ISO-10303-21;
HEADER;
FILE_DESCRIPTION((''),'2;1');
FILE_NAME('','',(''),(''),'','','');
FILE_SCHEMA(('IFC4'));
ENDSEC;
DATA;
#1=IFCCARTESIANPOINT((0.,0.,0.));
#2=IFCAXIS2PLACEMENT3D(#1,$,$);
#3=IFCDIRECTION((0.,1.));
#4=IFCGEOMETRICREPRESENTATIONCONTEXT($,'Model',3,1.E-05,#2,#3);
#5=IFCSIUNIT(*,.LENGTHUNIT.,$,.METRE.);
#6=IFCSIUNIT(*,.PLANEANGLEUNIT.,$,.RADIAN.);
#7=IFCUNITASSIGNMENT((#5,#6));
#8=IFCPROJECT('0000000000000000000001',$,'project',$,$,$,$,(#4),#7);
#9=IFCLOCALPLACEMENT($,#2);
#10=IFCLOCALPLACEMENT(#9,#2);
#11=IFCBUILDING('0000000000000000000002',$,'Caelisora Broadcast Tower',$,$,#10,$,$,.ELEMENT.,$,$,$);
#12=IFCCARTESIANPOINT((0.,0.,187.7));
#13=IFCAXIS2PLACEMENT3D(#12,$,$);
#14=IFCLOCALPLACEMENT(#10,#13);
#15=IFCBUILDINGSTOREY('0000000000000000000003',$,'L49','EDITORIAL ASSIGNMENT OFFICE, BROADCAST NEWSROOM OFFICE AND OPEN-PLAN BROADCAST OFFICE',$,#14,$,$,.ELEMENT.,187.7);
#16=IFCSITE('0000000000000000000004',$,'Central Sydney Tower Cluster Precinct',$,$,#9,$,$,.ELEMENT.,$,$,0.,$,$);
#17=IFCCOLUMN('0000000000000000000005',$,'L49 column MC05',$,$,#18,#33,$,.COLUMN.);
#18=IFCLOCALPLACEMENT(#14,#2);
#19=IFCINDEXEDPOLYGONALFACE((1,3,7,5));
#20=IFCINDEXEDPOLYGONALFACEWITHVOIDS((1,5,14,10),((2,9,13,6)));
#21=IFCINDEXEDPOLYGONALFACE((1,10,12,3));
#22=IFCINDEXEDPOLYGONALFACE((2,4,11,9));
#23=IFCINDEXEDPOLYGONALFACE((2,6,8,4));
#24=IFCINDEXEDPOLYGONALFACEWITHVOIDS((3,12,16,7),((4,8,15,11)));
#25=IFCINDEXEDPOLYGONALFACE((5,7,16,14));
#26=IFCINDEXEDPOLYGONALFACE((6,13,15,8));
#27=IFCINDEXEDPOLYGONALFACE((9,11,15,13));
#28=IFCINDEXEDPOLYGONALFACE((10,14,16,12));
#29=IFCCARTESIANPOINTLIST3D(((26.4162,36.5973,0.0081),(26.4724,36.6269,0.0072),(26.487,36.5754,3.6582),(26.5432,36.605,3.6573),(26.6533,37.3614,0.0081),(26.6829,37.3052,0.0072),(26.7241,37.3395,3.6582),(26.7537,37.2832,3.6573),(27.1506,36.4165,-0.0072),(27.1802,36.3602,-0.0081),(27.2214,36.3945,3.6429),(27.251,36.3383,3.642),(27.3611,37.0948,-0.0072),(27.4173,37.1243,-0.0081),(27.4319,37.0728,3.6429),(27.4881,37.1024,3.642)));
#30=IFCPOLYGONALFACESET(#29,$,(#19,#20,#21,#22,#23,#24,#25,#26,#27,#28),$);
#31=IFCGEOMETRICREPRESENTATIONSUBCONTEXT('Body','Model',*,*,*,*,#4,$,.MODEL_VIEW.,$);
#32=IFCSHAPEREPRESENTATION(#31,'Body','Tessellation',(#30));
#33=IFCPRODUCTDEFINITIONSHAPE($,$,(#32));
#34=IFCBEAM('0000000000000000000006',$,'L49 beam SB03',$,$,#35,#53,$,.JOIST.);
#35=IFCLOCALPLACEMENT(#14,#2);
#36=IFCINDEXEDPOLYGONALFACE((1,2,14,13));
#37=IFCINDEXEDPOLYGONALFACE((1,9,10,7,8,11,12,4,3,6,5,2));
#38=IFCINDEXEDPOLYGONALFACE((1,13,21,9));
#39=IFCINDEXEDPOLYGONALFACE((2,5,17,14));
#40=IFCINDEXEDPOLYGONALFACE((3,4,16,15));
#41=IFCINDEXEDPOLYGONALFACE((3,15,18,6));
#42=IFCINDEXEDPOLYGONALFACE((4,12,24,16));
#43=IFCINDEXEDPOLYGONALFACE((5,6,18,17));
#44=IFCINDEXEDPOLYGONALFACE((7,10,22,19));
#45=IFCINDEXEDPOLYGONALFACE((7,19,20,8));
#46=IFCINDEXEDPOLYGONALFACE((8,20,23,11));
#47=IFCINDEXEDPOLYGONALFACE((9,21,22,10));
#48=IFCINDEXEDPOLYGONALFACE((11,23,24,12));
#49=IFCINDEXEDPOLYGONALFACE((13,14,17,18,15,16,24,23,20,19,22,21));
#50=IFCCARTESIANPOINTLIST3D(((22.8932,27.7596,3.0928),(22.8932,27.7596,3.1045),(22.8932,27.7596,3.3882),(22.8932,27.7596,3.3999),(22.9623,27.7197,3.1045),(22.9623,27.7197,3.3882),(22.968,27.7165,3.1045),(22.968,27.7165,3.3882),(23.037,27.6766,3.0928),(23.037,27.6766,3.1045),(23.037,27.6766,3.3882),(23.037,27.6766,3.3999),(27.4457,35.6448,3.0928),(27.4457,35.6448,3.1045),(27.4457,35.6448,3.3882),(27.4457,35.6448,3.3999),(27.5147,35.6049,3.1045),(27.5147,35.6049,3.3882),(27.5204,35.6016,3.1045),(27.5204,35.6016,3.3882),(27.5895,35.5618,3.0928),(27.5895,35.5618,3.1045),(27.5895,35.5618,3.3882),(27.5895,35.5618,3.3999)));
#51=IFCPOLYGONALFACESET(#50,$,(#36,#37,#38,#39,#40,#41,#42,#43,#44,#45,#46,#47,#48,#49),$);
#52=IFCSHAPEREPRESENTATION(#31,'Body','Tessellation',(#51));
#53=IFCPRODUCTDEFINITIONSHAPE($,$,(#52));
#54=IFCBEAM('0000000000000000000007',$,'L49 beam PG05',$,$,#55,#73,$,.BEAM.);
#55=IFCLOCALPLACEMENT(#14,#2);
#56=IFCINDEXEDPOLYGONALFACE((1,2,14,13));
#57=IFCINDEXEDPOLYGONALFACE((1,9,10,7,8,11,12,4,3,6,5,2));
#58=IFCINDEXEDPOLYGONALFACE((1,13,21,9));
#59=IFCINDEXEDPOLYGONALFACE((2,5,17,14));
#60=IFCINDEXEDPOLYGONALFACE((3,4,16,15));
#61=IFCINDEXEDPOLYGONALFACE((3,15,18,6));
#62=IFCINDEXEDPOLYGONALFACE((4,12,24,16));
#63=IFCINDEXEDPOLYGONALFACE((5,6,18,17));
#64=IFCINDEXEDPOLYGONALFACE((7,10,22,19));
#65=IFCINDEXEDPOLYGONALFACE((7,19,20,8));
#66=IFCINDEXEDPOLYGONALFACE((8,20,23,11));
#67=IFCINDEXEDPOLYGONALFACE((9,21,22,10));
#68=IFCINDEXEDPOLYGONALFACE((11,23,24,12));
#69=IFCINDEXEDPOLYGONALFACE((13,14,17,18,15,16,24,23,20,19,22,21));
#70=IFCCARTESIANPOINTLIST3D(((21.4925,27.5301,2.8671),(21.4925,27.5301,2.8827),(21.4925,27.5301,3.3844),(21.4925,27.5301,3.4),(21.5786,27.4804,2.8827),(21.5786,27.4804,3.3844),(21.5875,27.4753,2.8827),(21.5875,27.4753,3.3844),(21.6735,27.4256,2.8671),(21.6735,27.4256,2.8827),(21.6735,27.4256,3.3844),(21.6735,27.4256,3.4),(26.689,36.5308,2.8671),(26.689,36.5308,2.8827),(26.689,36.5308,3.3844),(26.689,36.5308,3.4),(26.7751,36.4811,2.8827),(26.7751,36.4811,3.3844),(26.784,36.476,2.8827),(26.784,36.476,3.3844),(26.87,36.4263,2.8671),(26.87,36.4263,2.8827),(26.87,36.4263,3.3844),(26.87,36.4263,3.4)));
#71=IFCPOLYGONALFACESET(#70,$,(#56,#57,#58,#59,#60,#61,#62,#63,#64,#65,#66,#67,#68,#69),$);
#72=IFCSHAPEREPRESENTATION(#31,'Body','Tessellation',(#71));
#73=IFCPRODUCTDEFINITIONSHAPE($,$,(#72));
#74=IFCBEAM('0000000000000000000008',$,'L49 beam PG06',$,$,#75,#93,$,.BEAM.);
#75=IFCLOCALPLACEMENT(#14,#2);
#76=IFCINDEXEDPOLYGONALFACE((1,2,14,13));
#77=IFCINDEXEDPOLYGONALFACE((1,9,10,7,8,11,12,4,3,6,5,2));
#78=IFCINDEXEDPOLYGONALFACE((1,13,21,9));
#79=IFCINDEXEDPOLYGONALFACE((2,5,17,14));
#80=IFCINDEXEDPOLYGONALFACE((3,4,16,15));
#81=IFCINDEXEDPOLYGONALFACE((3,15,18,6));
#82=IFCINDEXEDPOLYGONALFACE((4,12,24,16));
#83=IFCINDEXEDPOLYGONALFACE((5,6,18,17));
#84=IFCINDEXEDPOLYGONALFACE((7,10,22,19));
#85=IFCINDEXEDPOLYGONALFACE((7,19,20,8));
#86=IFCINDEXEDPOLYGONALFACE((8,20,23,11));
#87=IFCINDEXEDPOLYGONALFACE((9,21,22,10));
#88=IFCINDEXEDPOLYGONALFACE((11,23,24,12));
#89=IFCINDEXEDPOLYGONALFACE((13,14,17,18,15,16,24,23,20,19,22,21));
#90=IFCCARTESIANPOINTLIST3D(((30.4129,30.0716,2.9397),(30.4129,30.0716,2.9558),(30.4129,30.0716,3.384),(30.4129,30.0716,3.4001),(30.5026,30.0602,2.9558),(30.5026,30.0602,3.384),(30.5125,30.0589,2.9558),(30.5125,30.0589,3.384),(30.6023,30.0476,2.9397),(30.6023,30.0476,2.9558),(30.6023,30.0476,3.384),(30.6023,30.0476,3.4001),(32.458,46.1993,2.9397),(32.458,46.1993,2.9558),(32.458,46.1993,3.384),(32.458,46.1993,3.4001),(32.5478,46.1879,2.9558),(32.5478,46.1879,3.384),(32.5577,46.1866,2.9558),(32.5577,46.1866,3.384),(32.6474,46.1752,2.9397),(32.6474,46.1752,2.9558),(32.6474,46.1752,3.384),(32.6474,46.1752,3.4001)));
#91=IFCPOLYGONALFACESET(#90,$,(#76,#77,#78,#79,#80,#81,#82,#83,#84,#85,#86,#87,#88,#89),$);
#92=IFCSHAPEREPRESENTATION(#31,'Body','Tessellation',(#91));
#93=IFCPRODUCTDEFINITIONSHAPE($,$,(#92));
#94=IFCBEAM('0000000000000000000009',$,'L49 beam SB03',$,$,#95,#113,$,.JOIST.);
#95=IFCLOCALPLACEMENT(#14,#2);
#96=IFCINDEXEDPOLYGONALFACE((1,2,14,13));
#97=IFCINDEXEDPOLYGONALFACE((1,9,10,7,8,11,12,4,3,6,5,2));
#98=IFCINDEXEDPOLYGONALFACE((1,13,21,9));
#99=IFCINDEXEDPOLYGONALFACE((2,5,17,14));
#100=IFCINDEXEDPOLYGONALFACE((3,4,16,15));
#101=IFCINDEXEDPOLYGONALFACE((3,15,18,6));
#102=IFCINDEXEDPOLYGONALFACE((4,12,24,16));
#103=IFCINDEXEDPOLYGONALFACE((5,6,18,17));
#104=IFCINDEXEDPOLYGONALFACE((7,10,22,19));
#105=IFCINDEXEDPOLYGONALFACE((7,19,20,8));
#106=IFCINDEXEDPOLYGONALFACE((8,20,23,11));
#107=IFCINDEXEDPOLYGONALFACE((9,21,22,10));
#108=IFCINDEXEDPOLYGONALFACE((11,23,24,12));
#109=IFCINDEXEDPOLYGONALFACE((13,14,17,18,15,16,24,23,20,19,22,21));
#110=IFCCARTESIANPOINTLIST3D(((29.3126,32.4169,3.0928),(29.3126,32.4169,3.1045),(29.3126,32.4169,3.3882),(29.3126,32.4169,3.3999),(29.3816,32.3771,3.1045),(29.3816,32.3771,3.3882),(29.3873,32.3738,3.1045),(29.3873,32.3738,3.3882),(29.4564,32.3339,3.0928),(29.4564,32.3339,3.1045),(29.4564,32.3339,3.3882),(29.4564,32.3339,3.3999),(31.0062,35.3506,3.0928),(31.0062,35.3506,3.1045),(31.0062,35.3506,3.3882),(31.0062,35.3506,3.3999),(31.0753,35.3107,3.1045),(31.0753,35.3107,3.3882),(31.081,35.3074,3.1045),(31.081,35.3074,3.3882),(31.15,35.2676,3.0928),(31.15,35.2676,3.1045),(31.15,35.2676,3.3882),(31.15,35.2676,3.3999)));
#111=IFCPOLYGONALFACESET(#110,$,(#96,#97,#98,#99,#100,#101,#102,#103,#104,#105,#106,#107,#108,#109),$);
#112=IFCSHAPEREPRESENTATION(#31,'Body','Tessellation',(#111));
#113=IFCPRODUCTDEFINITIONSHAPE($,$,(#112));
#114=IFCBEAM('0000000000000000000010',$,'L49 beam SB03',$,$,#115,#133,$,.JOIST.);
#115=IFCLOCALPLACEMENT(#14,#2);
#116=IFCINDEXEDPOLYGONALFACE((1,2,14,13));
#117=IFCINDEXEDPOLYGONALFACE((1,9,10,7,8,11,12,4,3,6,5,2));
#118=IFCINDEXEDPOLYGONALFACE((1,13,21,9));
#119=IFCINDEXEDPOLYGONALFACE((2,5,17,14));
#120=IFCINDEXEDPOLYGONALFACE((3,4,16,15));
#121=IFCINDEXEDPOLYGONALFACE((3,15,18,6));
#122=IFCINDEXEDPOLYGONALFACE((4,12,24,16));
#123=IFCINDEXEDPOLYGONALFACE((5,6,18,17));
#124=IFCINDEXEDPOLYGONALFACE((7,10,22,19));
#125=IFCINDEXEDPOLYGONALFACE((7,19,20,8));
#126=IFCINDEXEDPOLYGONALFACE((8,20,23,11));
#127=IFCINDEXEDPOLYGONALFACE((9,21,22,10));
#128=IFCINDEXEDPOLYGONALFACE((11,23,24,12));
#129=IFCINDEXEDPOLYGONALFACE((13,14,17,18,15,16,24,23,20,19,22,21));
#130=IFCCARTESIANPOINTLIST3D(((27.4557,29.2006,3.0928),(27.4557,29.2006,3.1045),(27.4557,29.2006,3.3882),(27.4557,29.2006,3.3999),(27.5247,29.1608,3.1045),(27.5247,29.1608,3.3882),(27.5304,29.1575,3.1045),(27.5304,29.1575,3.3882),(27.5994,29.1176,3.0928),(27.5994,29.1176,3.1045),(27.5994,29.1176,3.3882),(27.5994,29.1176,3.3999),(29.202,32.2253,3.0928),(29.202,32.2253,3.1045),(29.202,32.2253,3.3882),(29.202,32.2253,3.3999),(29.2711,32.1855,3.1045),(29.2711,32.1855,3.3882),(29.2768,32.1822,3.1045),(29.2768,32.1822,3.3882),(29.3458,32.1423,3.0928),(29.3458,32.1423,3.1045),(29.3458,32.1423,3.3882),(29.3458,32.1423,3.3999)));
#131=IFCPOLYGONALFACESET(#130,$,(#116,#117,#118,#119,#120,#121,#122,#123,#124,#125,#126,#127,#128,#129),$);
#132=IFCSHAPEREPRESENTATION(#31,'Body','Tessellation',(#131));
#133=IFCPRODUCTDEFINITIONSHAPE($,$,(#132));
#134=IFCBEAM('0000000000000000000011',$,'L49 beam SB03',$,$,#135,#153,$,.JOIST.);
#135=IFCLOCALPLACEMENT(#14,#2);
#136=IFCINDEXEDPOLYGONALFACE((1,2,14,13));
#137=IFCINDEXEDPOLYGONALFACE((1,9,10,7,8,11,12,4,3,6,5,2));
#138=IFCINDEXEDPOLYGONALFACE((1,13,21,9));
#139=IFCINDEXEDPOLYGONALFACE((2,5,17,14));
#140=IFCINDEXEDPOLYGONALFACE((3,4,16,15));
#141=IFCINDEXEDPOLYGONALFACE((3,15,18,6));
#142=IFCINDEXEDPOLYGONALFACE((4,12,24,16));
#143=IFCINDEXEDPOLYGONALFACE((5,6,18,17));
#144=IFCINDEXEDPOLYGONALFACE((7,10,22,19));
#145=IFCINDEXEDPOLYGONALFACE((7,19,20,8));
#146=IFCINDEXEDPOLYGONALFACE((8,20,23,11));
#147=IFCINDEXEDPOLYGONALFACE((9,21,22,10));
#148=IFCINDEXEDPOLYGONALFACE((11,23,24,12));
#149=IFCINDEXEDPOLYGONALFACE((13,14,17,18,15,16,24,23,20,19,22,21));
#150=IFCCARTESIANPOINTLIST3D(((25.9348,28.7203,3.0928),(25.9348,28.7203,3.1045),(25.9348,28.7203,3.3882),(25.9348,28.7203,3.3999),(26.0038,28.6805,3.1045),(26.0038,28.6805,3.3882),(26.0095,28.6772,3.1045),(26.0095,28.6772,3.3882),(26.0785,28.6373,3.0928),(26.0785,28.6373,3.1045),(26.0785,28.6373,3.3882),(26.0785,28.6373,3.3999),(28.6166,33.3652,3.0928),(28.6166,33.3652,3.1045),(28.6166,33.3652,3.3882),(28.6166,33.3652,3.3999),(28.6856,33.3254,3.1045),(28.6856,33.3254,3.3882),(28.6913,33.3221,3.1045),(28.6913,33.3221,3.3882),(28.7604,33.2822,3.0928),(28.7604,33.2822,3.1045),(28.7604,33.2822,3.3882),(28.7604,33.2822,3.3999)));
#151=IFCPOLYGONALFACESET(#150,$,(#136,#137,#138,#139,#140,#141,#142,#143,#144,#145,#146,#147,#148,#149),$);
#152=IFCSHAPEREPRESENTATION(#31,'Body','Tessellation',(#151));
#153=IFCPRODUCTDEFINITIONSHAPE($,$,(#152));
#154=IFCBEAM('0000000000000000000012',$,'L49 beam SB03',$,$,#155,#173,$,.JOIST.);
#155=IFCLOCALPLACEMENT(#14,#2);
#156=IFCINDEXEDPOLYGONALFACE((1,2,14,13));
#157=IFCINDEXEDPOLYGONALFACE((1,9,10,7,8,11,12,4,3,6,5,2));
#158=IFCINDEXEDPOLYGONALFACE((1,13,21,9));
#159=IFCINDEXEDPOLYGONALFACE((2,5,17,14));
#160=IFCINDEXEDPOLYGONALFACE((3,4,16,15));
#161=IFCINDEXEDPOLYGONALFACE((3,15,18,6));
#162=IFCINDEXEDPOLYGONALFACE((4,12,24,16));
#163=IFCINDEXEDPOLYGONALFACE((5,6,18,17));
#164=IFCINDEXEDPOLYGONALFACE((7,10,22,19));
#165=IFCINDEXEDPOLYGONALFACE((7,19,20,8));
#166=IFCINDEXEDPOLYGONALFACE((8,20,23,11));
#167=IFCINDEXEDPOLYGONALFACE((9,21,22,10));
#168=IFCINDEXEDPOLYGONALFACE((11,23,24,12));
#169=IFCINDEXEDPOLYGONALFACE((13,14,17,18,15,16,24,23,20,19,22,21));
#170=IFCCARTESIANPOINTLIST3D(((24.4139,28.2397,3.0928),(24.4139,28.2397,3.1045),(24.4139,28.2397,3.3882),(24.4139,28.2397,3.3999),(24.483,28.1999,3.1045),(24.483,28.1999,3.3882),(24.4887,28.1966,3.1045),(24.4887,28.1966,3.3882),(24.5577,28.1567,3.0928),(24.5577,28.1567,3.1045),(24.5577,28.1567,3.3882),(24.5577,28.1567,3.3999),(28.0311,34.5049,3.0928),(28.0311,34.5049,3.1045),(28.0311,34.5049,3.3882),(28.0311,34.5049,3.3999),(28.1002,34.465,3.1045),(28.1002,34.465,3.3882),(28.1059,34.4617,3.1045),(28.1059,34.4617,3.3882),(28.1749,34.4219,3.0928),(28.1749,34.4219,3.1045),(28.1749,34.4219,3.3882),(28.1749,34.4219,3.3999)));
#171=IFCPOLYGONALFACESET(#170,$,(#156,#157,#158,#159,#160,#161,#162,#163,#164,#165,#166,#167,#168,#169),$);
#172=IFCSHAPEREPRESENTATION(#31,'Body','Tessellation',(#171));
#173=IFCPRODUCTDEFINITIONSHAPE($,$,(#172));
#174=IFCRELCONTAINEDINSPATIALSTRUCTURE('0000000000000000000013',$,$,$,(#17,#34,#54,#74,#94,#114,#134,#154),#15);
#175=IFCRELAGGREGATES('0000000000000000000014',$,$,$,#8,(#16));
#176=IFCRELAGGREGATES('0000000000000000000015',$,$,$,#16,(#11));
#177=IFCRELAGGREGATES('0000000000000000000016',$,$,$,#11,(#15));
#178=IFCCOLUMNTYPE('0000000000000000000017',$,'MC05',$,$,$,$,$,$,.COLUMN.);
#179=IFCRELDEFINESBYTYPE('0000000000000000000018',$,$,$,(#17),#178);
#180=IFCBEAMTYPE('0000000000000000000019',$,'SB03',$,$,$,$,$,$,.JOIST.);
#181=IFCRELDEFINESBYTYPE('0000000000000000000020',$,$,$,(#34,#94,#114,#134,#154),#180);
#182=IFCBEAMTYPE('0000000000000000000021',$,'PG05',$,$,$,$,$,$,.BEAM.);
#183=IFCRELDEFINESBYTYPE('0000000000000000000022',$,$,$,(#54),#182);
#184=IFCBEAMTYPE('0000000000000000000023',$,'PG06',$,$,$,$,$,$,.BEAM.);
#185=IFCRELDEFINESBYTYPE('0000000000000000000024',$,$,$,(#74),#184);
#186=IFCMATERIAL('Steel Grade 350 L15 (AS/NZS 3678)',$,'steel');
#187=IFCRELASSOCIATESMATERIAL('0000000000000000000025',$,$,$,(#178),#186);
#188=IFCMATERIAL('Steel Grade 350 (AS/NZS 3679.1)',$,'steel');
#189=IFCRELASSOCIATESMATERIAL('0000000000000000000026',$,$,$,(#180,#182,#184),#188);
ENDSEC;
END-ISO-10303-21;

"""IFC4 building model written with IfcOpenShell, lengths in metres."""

from ifc_helpers import new_model, si_unit, direction, frame, origin, origin_2d, place, context, subcontext, project, spatial, hollow_rectangle, i_section, extrude, source, transform, mapped, material, material_profile, profile_set, type_object, type_shapes, element, save


model = new_model("IFC4")

# Units and contexts
model_context = context("Model", 3, precision=1e-05, world=origin(), true_north=direction((0.0, 1.0)))
body_context = subcontext(model_context, "Body", "Model", "MODEL_VIEW")
ifc_project = project(units=[si_unit("LENGTHUNIT", "METRE"), si_unit("PLANEANGLEUNIT", "RADIAN")], contexts=[model_context])

# Site, building, storey
site_placement = place(None, origin())
site = spatial("IfcSite", under=ifc_project, at=site_placement, Name="Central Sydney Tower Cluster Precinct", CompositionType="ELEMENT", RefElevation=0.0)
building_placement = place(site_placement, origin())
building = spatial("IfcBuilding", under=site, at=building_placement, Name="Caelisora Broadcast Tower", CompositionType="ELEMENT")
storey_placement = place(building_placement, frame((0.0, 0.0, 187.7)))
storey = spatial("IfcBuildingStorey", under=building, at=storey_placement, Name="L49", Description="EDITORIAL ASSIGNMENT OFFICE, BROADCAST NEWSROOM OFFICE AND OPEN-PLAN BROADCAST OFFICE", CompositionType="ELEMENT", Elevation=187.7)

# Column
ifc_material_1 = material(Name="Steel Grade 350 L15 (AS/NZS 3678)", Category="steel")
ifc_material_profile_1 = material_profile(ifc_material_1, hollow_rectangle(XDim=0.8, YDim=0.8, WallThickness=0.0449, at=origin_2d()), Name="Steel Grade 350 L15 (AS/NZS 3678)")
ifc_profile_set_1 = profile_set([ifc_material_profile_1], Name="Steel Grade 350 L15 (AS/NZS 3678)")
column_type = type_object("IfcColumnType", Name="MC05", PredefinedType="COLUMN", material=ifc_profile_set_1)
shared_shape_1 = source(origin(), body_context, "Body", "SweptSolid", [
    extrude(hollow_rectangle(XDim=0.8, YDim=0.8, WallThickness=0.0449, at=origin_2d()), origin(), (0.0, 0.0, 1.0), 3.6509),
])
type_shapes(column_type, [shared_shape_1])
column_placement = place(storey_placement, frame((26.9167, 36.8608, 0.0), z_axis=(0.019393, -0.006018, 0.999794), x_axis=(0.296399, 0.955064, 0.0)))
element("IfcColumn", 1, at=column_placement, inside=storey, type_object=column_type, Name="L49 column MC05", PredefinedType="COLUMN", context=body_context, shape_type="MappedRepresentation", body=[
    mapped(shared_shape_1, transform((0.0, 0.0, 0.0), scale=1.0)),
])

# Beams
ifc_material_2 = material(Name="Steel Grade 350 (AS/NZS 3679.1)", Category="steel")
ifc_material_profile_2 = material_profile(ifc_material_2, i_section(OverallWidth=0.166, OverallDepth=0.3071, WebThickness=0.0066, FlangeThickness=0.0117, at=origin_2d()), Name="Steel Grade 350 (AS/NZS 3679.1)")
ifc_profile_set_2 = profile_set([ifc_material_profile_2], Name="Steel Grade 350 (AS/NZS 3679.1)")
beam_type_1 = type_object("IfcBeamType", Name="SB03", PredefinedType="JOIST", material=ifc_profile_set_2)
shared_shape_2 = source(origin(), body_context, "Body", "SweptSolid", [
    extrude(i_section(OverallWidth=0.166, OverallDepth=0.3071, WebThickness=0.0066, FlangeThickness=0.0117, at=origin_2d()), origin(), (0.0, 0.0, 1.0), 9.105),
])
beam_1_placement = place(storey_placement, frame((27.5176, 35.6033, 3.2463), z_axis=(-0.499995, -0.866028, 0.0), x_axis=(0.866028, -0.499995, 0.0)))
element("IfcBeam", 2, at=beam_1_placement, inside=storey, type_object=beam_type_1, Name="L49 beam SB03", PredefinedType="JOIST", context=body_context, shape_type="MappedRepresentation", body=[
    mapped(shared_shape_2, transform((0.0, 0.0, 0.0), scale=1.0)),
])
ifc_material_profile_3 = material_profile(ifc_material_2, i_section(OverallWidth=0.209, OverallDepth=0.533, WebThickness=0.0103, FlangeThickness=0.0156, at=origin_2d()), Name="Steel Grade 350 (AS/NZS 3679.1)")
ifc_profile_set_3 = profile_set([ifc_material_profile_3], Name="Steel Grade 350 (AS/NZS 3679.1)")
beam_type_2 = type_object("IfcBeamType", Name="PG05", PredefinedType="BEAM", material=ifc_profile_set_3)
shared_shape_3 = source(origin(), body_context, "Body", "SweptSolid", [
    extrude(i_section(OverallWidth=0.209, OverallDepth=0.533, WebThickness=0.0103, FlangeThickness=0.0156, at=origin_2d()), origin(), (0.0, 0.0, 1.0), 10.3931),
])
type_shapes(beam_type_2, [shared_shape_3])
beam_2_placement = place(storey_placement, frame((26.7795, 36.4785, 3.1335), z_axis=(-0.499997, -0.866027, 0.0), x_axis=(0.866027, -0.499997, 0.0)))
element("IfcBeam", 3, at=beam_2_placement, inside=storey, type_object=beam_type_2, Name="L49 beam PG05", PredefinedType="BEAM", context=body_context, shape_type="MappedRepresentation", body=[
    mapped(shared_shape_3, transform((0.0, 0.0, 0.0), scale=1.0)),
])
ifc_material_profile_4 = material_profile(ifc_material_2, i_section(OverallWidth=0.1909, OverallDepth=0.4604, WebThickness=0.01, FlangeThickness=0.0161, at=origin_2d()), Name="Steel Grade 350 (AS/NZS 3679.1)")
ifc_profile_set_4 = profile_set([ifc_material_profile_4], Name="Steel Grade 350 (AS/NZS 3679.1)")
beam_type_3 = type_object("IfcBeamType", Name="PG06", PredefinedType="BEAM", material=ifc_profile_set_4)
shared_shape_4 = source(origin(), body_context, "Body", "SweptSolid", [
    extrude(i_section(OverallWidth=0.1909, OverallDepth=0.4604, WebThickness=0.01, FlangeThickness=0.0161, at=origin_2d()), origin(), (0.0, 0.0, 1.0), 16.2568),
])
type_shapes(beam_type_3, [shared_shape_4])
beam_3_placement = place(storey_placement, frame((30.5076, 30.0596, 3.1699), z_axis=(0.125803, 0.992055, 0.0), x_axis=(-0.992055, 0.125803, 0.0)))
element("IfcBeam", 4, at=beam_3_placement, inside=storey, type_object=beam_type_3, Name="L49 beam PG06", PredefinedType="BEAM", context=body_context, shape_type="MappedRepresentation", body=[
    mapped(shared_shape_4, transform((0.0, 0.0, 0.0), scale=1.0)),
])
shared_shape_5 = source(origin(), body_context, "Body", "SweptSolid", [
    extrude(i_section(OverallWidth=0.166, OverallDepth=0.3071, WebThickness=0.0066, FlangeThickness=0.0117, at=origin_2d()), origin(), (0.0, 0.0, 1.0), 3.3875),
])
beam_4_placement = place(storey_placement, frame((31.0781, 35.3091, 3.2463), z_axis=(-0.499976, -0.866039, 0.0), x_axis=(0.866039, -0.499976, 0.0)))
element("IfcBeam", 5, at=beam_4_placement, inside=storey, type_object=beam_type_1, Name="L49 beam SB03", PredefinedType="JOIST", context=body_context, shape_type="MappedRepresentation", body=[
    mapped(shared_shape_5, transform((0.0, 0.0, 0.0), scale=1.0)),
])
shared_shape_6 = source(origin(), body_context, "Body", "SweptSolid", [
    extrude(i_section(OverallWidth=0.166, OverallDepth=0.3071, WebThickness=0.0066, FlangeThickness=0.0117, at=origin_2d()), origin(), (0.0, 0.0, 1.0), 3.4927),
])
beam_5_placement = place(storey_placement, frame((29.2739, 32.1838, 3.2463), z_axis=(-0.500011, -0.866019, 0.0), x_axis=(0.866019, -0.500011, 0.0)))
element("IfcBeam", 6, at=beam_5_placement, inside=storey, type_object=beam_type_1, Name="L49 beam SB03", PredefinedType="JOIST", context=body_context, shape_type="MappedRepresentation", body=[
    mapped(shared_shape_6, transform((0.0, 0.0, 0.0), scale=1.0)),
])
shared_shape_7 = source(origin(), body_context, "Body", "SweptSolid", [
    extrude(i_section(OverallWidth=0.166, OverallDepth=0.3071, WebThickness=0.0066, FlangeThickness=0.0117, at=origin_2d()), origin(), (0.0, 0.0, 1.0), 5.3635),
])
beam_6_placement = place(storey_placement, frame((28.6885, 33.3237, 3.2463), z_axis=(-0.500011, -0.866019, 0.0), x_axis=(0.866019, -0.500011, 0.0)))
element("IfcBeam", 7, at=beam_6_placement, inside=storey, type_object=beam_type_1, Name="L49 beam SB03", PredefinedType="JOIST", context=body_context, shape_type="MappedRepresentation", body=[
    mapped(shared_shape_7, transform((0.0, 0.0, 0.0), scale=1.0)),
])
shared_shape_8 = source(origin(), body_context, "Body", "SweptSolid", [
    extrude(i_section(OverallWidth=0.166, OverallDepth=0.3071, WebThickness=0.0066, FlangeThickness=0.0117, at=origin_2d()), origin(), (0.0, 0.0, 1.0), 7.2344),
])
type_shapes(beam_type_1, [shared_shape_2, shared_shape_5, shared_shape_6, shared_shape_7, shared_shape_8])
beam_7_placement = place(storey_placement, frame((28.103, 34.4634, 3.2463), z_axis=(-0.500001, -0.866025, 0.0), x_axis=(0.866025, -0.500001, 0.0)))
element("IfcBeam", 8, at=beam_7_placement, inside=storey, type_object=beam_type_1, Name="L49 beam SB03", PredefinedType="JOIST", context=body_context, shape_type="MappedRepresentation", body=[
    mapped(shared_shape_8, transform((0.0, 0.0, 0.0), scale=1.0)),
])

save(model, "model.ifc")
